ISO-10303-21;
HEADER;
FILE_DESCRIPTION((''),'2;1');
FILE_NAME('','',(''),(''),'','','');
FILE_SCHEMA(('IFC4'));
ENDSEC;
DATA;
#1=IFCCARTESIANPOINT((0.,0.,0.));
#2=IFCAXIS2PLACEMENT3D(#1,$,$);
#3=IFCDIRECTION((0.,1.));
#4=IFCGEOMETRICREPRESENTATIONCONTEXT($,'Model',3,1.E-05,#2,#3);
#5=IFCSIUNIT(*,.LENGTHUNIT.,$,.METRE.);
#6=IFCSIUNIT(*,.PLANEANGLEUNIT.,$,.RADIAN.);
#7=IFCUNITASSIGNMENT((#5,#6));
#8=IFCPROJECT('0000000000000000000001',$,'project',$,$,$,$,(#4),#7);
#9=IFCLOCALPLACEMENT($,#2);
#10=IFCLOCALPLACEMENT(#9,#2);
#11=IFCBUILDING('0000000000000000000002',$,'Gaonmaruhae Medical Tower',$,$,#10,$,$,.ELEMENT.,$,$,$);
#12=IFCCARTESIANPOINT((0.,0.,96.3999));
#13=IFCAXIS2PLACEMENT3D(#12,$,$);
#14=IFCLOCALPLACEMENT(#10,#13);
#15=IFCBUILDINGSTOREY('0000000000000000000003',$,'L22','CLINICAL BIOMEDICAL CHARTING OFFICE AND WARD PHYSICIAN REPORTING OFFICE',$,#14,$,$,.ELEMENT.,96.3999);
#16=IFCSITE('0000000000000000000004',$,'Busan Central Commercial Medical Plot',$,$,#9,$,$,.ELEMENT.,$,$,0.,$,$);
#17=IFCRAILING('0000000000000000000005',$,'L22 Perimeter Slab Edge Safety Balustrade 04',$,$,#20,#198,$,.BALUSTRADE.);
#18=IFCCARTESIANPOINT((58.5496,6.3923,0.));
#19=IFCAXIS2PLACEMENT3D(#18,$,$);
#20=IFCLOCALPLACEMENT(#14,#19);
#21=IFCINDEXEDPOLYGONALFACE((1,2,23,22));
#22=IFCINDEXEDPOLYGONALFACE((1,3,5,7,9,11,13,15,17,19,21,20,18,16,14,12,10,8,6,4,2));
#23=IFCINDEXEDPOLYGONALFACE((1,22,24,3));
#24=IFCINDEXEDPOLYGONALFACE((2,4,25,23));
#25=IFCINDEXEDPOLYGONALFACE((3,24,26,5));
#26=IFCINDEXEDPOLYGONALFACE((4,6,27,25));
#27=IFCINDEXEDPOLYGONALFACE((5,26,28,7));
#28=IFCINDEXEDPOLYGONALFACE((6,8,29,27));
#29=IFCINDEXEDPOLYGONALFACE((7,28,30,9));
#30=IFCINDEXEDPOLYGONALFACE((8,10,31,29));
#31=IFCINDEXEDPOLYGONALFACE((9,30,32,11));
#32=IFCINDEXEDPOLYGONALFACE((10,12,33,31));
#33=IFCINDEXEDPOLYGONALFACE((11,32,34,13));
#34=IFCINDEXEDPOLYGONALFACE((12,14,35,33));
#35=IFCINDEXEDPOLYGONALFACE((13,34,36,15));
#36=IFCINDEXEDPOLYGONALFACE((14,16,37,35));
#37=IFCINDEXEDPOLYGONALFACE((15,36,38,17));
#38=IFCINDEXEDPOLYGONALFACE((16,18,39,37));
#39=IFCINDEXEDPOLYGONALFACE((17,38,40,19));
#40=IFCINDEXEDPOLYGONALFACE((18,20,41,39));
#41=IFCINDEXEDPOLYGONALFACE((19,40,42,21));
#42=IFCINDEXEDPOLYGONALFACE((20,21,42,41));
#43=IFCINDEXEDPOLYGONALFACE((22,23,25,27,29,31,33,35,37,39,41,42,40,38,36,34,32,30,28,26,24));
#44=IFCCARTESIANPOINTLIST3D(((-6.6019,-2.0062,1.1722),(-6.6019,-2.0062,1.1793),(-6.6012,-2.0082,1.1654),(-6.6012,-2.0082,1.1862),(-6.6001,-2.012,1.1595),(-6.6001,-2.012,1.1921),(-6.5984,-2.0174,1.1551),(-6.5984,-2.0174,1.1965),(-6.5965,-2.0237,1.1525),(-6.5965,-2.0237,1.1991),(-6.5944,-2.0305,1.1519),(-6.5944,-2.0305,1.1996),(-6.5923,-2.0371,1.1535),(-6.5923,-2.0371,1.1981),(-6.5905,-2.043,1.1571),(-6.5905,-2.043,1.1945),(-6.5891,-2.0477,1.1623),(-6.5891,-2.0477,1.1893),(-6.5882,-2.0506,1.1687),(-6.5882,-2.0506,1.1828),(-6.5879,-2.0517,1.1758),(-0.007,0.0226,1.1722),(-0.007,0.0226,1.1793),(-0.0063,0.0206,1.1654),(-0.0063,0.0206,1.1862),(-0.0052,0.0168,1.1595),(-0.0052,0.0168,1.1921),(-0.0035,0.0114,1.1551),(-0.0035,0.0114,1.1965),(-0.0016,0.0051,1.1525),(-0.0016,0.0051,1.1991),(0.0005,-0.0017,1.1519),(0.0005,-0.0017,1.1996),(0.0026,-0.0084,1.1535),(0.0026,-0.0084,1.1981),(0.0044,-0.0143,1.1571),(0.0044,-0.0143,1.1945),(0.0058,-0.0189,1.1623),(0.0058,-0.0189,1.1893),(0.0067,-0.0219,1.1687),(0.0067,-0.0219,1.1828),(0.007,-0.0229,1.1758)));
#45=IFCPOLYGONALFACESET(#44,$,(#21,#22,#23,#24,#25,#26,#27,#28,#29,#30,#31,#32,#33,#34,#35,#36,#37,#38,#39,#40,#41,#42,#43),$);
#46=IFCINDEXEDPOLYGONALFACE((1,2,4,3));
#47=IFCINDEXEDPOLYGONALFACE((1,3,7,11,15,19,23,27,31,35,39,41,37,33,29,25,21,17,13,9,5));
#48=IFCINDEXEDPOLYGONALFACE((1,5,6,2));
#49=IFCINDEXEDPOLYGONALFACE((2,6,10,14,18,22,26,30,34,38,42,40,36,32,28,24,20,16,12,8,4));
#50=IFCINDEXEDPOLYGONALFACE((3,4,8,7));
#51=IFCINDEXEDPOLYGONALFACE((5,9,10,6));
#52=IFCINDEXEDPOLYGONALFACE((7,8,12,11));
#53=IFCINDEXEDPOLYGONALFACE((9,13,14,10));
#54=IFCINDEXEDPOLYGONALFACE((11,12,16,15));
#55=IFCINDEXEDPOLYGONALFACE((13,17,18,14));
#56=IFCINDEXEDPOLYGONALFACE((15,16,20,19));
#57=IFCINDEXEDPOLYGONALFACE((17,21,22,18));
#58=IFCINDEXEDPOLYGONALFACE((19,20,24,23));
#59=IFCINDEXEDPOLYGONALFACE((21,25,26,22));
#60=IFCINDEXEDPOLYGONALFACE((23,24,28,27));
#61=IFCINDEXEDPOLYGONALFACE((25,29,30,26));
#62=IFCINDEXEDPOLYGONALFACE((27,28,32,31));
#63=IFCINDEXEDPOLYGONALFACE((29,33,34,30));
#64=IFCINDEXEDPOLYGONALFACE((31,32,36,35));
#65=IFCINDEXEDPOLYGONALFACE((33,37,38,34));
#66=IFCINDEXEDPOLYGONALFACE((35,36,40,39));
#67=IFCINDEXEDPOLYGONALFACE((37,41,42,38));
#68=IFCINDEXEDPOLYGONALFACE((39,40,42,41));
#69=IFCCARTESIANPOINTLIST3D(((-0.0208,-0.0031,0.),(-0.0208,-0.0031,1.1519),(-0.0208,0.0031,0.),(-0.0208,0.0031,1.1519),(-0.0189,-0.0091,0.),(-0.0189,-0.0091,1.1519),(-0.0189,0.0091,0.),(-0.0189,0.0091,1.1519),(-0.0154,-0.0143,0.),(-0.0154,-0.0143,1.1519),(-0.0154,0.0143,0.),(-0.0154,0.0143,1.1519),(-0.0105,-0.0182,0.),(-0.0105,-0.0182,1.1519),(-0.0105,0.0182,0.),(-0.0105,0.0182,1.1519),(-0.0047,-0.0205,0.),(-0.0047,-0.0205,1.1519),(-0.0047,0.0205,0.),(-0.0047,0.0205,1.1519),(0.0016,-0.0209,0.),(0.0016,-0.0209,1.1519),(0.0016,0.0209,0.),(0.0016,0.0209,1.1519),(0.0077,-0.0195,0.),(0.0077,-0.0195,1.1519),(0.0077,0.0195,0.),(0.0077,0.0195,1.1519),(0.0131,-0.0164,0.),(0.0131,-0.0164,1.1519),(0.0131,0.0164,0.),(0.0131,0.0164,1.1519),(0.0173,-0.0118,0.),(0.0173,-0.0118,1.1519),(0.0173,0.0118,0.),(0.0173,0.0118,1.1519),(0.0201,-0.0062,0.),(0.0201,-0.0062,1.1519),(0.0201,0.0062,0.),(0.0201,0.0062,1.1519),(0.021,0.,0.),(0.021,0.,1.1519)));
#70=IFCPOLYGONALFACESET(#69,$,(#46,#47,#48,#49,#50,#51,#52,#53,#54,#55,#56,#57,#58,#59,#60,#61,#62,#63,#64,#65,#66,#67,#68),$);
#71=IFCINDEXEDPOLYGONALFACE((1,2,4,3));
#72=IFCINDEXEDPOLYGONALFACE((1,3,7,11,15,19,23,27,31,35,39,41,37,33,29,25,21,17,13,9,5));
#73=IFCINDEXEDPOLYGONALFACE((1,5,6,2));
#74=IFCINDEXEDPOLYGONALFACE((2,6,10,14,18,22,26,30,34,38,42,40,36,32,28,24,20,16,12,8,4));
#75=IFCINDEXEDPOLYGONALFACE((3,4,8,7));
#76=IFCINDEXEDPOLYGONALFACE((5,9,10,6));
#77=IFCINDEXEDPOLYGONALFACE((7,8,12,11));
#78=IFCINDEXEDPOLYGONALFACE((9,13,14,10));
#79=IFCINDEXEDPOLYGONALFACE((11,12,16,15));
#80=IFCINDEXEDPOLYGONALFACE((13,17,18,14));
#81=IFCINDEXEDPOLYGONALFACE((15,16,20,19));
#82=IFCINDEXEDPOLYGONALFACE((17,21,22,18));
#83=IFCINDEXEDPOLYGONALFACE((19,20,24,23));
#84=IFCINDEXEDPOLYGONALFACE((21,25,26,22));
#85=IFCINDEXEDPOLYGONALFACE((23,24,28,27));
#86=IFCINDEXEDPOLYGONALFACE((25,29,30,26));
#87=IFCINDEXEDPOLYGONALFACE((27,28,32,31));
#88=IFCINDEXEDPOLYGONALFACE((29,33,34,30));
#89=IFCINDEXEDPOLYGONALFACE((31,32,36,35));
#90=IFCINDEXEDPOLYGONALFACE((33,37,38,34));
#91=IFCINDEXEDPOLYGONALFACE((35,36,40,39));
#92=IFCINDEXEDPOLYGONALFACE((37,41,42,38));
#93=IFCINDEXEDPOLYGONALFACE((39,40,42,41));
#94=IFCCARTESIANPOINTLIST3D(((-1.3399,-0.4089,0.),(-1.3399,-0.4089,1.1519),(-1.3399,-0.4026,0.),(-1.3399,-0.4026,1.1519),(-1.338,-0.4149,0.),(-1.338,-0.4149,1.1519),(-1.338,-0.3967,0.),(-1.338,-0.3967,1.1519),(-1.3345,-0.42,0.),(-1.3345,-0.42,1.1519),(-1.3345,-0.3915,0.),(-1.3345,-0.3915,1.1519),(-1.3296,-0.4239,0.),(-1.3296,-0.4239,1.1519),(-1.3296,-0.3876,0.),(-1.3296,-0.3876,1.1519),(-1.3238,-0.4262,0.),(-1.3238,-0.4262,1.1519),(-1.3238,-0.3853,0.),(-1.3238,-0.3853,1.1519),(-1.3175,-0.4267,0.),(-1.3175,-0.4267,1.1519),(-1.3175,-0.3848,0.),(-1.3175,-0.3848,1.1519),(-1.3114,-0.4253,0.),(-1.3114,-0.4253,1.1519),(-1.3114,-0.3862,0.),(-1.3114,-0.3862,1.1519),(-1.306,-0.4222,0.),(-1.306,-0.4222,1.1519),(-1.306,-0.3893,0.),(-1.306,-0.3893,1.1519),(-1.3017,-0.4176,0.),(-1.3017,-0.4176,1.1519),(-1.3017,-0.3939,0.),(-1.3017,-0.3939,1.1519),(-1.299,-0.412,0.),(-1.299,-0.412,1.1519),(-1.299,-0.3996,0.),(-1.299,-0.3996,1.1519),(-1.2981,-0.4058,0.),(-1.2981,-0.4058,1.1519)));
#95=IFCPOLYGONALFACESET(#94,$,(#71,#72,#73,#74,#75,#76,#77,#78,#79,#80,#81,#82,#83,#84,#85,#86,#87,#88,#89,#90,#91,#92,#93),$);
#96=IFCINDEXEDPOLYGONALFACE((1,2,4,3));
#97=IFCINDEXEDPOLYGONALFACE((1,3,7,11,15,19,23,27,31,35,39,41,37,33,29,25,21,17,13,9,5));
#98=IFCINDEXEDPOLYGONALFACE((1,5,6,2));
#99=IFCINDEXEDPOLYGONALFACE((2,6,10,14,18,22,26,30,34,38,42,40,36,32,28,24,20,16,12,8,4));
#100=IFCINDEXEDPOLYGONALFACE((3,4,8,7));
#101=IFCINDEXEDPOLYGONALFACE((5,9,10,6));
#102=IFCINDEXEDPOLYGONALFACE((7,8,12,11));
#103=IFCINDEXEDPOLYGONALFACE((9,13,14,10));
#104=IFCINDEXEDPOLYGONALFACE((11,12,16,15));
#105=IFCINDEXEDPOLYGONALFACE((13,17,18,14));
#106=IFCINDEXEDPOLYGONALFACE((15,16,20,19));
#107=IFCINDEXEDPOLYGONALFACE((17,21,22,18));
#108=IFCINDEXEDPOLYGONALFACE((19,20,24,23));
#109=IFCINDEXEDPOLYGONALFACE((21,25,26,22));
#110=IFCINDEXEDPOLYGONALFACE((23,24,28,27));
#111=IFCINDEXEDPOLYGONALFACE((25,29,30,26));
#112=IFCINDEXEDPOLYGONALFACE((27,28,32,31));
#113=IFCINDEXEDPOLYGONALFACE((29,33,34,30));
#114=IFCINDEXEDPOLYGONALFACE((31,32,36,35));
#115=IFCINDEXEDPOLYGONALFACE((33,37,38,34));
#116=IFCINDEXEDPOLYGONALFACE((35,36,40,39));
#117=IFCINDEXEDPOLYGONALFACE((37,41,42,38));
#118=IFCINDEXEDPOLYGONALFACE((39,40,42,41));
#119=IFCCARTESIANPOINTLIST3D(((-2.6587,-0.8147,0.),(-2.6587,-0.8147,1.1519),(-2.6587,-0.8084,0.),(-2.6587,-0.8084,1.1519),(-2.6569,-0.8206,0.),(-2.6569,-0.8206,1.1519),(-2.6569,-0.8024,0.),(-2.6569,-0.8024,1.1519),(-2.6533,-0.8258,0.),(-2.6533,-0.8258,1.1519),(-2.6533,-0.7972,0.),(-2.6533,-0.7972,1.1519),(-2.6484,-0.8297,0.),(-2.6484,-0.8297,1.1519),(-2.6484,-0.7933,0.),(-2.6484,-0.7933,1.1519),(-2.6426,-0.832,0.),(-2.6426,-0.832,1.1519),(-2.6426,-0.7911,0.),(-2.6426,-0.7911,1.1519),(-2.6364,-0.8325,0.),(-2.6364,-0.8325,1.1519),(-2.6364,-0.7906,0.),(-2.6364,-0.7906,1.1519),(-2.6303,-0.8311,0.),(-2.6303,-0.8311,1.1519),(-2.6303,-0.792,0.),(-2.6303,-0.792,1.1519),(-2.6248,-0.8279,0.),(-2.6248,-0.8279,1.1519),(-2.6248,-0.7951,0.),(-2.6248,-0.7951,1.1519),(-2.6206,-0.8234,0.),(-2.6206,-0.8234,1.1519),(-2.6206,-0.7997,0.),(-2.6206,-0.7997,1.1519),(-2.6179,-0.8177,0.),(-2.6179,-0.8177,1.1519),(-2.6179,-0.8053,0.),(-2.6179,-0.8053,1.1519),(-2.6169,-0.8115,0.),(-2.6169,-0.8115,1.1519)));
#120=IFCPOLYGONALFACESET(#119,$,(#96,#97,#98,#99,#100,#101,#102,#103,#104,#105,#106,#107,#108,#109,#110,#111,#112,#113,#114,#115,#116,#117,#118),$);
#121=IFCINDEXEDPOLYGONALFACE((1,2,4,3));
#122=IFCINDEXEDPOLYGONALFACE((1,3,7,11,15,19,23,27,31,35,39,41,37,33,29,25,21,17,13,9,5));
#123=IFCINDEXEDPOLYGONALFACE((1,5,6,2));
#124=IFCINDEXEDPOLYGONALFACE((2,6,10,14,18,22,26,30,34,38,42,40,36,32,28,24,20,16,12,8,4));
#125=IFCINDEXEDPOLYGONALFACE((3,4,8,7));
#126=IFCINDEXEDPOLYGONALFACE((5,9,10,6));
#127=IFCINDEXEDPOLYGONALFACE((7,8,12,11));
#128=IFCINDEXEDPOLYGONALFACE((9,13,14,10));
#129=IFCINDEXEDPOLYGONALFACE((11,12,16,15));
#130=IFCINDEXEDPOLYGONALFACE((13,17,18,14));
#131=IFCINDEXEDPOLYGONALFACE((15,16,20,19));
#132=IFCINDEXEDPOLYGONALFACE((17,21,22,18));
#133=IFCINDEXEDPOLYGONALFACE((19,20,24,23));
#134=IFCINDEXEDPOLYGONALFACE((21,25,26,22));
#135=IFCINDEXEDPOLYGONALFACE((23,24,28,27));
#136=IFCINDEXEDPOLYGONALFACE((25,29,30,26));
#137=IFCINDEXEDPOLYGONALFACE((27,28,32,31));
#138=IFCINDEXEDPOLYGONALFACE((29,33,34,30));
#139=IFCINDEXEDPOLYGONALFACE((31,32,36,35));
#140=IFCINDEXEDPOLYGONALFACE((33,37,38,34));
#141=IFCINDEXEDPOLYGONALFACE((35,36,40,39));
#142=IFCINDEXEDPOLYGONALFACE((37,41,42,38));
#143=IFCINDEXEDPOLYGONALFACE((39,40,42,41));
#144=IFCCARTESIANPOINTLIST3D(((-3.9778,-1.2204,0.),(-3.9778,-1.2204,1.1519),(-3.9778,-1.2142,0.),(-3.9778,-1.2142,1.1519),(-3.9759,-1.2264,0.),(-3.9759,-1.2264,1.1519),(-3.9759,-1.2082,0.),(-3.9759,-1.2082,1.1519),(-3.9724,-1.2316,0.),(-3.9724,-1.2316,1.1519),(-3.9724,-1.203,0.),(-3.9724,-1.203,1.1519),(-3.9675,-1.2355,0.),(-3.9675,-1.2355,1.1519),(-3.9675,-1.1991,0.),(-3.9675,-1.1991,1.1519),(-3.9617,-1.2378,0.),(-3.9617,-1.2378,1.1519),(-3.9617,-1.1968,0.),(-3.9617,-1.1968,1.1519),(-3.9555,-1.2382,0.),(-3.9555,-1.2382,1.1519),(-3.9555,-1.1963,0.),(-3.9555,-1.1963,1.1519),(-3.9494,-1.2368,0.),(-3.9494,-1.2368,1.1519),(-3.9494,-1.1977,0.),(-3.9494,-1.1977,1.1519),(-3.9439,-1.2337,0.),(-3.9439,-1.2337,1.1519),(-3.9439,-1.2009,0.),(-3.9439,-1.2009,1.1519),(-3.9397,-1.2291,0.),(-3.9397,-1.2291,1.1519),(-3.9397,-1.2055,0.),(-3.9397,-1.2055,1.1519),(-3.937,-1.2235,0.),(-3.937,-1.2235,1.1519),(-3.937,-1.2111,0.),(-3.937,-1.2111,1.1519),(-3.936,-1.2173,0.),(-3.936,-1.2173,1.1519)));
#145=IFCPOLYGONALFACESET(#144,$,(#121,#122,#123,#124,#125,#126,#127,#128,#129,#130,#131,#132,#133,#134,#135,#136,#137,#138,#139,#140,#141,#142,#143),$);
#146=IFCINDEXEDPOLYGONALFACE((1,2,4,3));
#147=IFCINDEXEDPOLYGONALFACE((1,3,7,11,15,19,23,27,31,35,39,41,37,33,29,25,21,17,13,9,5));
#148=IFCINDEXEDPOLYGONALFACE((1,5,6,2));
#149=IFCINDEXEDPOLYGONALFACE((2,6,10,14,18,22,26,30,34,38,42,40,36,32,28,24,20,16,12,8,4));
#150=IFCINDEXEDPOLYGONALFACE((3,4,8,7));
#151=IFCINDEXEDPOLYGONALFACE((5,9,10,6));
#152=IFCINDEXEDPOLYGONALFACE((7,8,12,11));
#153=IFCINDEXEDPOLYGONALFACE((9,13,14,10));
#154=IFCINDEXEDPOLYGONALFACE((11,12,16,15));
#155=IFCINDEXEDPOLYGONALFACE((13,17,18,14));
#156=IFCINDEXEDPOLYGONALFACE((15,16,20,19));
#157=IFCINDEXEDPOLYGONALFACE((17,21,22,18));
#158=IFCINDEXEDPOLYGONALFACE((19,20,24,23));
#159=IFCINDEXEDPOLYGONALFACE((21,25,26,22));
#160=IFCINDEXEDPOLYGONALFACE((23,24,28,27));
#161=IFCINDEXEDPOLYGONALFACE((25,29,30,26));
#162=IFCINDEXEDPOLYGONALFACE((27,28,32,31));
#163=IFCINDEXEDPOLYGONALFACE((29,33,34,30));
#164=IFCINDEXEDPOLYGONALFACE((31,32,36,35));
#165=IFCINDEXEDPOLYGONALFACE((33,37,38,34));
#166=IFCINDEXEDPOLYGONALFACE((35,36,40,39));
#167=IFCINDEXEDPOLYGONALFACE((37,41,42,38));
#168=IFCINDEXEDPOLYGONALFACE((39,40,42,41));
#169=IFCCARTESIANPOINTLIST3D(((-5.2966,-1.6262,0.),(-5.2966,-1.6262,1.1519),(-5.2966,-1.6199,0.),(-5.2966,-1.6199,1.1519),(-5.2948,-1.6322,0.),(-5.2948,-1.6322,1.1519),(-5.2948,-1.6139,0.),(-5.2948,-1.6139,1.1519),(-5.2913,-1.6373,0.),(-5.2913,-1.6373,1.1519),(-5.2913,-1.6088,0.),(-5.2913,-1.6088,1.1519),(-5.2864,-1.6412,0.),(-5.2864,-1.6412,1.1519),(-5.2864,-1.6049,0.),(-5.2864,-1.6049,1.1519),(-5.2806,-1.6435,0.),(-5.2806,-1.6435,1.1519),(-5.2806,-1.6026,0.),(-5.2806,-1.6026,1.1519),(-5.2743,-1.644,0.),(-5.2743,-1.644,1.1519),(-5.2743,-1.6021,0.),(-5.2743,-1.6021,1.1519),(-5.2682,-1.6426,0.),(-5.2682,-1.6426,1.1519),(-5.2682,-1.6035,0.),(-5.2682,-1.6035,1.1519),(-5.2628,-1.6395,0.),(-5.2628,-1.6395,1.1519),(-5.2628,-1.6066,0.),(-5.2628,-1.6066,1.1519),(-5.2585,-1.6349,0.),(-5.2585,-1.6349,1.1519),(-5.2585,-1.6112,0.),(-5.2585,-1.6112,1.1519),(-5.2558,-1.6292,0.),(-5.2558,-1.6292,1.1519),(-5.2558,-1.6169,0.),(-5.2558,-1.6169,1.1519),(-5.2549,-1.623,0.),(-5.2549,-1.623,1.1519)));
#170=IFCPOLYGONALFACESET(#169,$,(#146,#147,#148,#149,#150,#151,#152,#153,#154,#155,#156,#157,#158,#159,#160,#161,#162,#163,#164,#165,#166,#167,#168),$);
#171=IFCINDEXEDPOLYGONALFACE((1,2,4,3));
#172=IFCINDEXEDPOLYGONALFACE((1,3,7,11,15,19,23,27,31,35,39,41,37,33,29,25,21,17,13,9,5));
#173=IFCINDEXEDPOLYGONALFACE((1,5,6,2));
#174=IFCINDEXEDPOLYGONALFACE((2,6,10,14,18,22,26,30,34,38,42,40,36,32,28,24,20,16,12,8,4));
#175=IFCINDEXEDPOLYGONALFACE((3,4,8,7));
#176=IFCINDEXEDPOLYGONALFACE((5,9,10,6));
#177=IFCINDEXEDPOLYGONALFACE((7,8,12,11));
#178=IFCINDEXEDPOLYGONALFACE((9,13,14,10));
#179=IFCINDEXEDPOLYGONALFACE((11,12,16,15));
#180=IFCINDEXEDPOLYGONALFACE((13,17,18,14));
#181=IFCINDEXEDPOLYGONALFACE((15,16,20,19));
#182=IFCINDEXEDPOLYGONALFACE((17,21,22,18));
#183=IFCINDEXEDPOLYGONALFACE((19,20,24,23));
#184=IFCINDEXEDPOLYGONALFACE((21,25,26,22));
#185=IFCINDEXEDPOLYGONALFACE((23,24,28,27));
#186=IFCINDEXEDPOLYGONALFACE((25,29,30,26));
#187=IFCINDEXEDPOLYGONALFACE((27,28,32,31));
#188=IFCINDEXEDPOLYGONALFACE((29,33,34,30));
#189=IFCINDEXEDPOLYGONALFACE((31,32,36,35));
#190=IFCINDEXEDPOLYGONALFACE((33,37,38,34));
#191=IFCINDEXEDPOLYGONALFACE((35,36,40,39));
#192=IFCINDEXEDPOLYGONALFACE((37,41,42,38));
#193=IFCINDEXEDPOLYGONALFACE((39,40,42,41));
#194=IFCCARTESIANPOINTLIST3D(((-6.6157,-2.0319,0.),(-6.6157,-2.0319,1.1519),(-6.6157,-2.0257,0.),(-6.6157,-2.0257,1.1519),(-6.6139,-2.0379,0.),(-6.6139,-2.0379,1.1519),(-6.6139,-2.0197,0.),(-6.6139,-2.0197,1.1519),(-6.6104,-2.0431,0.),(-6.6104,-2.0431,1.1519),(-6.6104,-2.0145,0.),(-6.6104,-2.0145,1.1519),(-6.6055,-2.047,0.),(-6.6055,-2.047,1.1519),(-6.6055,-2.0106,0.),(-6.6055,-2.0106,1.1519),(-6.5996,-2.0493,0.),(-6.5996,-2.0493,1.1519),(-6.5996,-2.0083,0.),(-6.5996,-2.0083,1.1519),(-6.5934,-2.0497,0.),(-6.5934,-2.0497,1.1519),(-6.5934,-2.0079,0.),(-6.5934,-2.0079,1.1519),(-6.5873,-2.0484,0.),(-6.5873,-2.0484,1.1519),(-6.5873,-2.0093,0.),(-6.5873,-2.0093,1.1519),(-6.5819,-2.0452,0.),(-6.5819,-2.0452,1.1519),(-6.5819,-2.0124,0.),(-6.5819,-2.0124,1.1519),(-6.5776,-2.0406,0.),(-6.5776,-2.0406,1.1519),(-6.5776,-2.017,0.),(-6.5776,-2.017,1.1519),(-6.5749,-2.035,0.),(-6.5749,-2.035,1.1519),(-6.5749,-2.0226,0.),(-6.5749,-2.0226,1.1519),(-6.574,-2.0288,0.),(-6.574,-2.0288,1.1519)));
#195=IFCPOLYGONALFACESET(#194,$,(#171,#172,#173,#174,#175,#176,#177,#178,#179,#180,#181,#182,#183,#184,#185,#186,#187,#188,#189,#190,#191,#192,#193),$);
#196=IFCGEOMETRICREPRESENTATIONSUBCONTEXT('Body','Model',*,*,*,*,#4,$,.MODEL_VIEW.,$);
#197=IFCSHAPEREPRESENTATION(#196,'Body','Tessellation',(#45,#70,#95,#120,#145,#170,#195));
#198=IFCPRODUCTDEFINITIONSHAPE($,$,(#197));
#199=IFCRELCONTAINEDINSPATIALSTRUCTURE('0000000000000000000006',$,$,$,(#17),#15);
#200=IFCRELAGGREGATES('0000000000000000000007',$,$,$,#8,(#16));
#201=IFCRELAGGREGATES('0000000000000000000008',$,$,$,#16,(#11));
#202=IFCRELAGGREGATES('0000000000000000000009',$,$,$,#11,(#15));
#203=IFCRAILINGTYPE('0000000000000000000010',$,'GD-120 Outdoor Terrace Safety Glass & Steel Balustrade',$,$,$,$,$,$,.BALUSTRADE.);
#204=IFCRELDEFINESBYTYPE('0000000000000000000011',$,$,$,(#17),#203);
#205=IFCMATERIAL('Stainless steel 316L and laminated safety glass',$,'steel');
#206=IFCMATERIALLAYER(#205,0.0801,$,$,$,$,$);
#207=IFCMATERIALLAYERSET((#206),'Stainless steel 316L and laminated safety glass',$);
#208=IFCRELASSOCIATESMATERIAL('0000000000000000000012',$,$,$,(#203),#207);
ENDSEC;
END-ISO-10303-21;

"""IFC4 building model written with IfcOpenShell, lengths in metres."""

from ifc_helpers import new_model, si_unit, direction, frame, origin, origin_2d, place, context, subcontext, project, spatial, circle, extrude, material, layer, layer_set, type_object, element, save


model = new_model("IFC4")

# Units and contexts
model_context = context("Model", 3, precision=1e-05, world=origin(), true_north=direction((0.0, 1.0)))
body_context = subcontext(model_context, "Body", "Model", "MODEL_VIEW")
ifc_project = project(units=[si_unit("LENGTHUNIT", "METRE"), si_unit("PLANEANGLEUNIT", "RADIAN")], contexts=[model_context])

# Site, building, storey
site_placement = place(None, origin())
site = spatial("IfcSite", under=ifc_project, at=site_placement, Name="Busan Central Commercial Medical Plot", CompositionType="ELEMENT", RefElevation=0.0)
building_placement = place(site_placement, origin())
building = spatial("IfcBuilding", under=site, at=building_placement, Name="Gaonmaruhae Medical Tower", CompositionType="ELEMENT")
storey_placement = place(building_placement, frame((0.0, 0.0, 96.3999)))
storey = spatial("IfcBuildingStorey", under=building, at=storey_placement, Name="L22", Description="CLINICAL BIOMEDICAL CHARTING OFFICE AND WARD PHYSICIAN REPORTING OFFICE", CompositionType="ELEMENT", Elevation=96.3999)

# Railing
ifc_material_1 = material(Name="Stainless steel 316L and laminated safety glass", Category="steel")
ifc_layer_1 = layer(ifc_material_1, 0.0801)
ifc_layer_set_1 = layer_set([ifc_layer_1], Name="Stainless steel 316L and laminated safety glass")
railing_type = type_object("IfcRailingType", Name="GD-120 Outdoor Terrace Safety Glass & Steel Balustrade", PredefinedType="BALUSTRADE", material=ifc_layer_set_1)
railing_1_placement = place(storey_placement, frame((58.5496, 6.3923, 0.0)))
element("IfcRailing", 1, at=railing_1_placement, inside=storey, type_object=railing_type, Name="L22 Perimeter Slab Edge Safety Balustrade 04", PredefinedType="BALUSTRADE", context=body_context, shape_type="SweptSolid", body=[
    extrude(circle(Radius=0.0239, at=origin_2d()), frame((0.0, 0.0, 1.1758), z_axis=(-0.955796, -0.294031, 0.0), x_axis=(0.294031, -0.955796, 0.0)), (0.0, 0.0, 1.0), 6.8999),
    extrude(circle(Radius=0.021, at=origin_2d()), origin(), (0.0, 0.0, 1.0), 1.1519),
    extrude(circle(Radius=0.021, at=origin_2d()), frame((-1.3191, -0.4058, 0.0)), (0.0, 0.0, 1.0), 1.1519),
    extrude(circle(Radius=0.021, at=origin_2d()), frame((-2.6379, -0.8115, 0.0)), (0.0, 0.0, 1.0), 1.1519),
    extrude(circle(Radius=0.021, at=origin_2d()), frame((-3.957, -1.2173, 0.0)), (0.0, 0.0, 1.0), 1.1519),
    extrude(circle(Radius=0.021, at=origin_2d()), frame((-5.2759, -1.623, 0.0)), (0.0, 0.0, 1.0), 1.1519),
    extrude(circle(Radius=0.021, at=origin_2d()), frame((-6.595, -2.0288, 0.0)), (0.0, 0.0, 1.0), 1.1519),
])

save(model, "model.ifc")
